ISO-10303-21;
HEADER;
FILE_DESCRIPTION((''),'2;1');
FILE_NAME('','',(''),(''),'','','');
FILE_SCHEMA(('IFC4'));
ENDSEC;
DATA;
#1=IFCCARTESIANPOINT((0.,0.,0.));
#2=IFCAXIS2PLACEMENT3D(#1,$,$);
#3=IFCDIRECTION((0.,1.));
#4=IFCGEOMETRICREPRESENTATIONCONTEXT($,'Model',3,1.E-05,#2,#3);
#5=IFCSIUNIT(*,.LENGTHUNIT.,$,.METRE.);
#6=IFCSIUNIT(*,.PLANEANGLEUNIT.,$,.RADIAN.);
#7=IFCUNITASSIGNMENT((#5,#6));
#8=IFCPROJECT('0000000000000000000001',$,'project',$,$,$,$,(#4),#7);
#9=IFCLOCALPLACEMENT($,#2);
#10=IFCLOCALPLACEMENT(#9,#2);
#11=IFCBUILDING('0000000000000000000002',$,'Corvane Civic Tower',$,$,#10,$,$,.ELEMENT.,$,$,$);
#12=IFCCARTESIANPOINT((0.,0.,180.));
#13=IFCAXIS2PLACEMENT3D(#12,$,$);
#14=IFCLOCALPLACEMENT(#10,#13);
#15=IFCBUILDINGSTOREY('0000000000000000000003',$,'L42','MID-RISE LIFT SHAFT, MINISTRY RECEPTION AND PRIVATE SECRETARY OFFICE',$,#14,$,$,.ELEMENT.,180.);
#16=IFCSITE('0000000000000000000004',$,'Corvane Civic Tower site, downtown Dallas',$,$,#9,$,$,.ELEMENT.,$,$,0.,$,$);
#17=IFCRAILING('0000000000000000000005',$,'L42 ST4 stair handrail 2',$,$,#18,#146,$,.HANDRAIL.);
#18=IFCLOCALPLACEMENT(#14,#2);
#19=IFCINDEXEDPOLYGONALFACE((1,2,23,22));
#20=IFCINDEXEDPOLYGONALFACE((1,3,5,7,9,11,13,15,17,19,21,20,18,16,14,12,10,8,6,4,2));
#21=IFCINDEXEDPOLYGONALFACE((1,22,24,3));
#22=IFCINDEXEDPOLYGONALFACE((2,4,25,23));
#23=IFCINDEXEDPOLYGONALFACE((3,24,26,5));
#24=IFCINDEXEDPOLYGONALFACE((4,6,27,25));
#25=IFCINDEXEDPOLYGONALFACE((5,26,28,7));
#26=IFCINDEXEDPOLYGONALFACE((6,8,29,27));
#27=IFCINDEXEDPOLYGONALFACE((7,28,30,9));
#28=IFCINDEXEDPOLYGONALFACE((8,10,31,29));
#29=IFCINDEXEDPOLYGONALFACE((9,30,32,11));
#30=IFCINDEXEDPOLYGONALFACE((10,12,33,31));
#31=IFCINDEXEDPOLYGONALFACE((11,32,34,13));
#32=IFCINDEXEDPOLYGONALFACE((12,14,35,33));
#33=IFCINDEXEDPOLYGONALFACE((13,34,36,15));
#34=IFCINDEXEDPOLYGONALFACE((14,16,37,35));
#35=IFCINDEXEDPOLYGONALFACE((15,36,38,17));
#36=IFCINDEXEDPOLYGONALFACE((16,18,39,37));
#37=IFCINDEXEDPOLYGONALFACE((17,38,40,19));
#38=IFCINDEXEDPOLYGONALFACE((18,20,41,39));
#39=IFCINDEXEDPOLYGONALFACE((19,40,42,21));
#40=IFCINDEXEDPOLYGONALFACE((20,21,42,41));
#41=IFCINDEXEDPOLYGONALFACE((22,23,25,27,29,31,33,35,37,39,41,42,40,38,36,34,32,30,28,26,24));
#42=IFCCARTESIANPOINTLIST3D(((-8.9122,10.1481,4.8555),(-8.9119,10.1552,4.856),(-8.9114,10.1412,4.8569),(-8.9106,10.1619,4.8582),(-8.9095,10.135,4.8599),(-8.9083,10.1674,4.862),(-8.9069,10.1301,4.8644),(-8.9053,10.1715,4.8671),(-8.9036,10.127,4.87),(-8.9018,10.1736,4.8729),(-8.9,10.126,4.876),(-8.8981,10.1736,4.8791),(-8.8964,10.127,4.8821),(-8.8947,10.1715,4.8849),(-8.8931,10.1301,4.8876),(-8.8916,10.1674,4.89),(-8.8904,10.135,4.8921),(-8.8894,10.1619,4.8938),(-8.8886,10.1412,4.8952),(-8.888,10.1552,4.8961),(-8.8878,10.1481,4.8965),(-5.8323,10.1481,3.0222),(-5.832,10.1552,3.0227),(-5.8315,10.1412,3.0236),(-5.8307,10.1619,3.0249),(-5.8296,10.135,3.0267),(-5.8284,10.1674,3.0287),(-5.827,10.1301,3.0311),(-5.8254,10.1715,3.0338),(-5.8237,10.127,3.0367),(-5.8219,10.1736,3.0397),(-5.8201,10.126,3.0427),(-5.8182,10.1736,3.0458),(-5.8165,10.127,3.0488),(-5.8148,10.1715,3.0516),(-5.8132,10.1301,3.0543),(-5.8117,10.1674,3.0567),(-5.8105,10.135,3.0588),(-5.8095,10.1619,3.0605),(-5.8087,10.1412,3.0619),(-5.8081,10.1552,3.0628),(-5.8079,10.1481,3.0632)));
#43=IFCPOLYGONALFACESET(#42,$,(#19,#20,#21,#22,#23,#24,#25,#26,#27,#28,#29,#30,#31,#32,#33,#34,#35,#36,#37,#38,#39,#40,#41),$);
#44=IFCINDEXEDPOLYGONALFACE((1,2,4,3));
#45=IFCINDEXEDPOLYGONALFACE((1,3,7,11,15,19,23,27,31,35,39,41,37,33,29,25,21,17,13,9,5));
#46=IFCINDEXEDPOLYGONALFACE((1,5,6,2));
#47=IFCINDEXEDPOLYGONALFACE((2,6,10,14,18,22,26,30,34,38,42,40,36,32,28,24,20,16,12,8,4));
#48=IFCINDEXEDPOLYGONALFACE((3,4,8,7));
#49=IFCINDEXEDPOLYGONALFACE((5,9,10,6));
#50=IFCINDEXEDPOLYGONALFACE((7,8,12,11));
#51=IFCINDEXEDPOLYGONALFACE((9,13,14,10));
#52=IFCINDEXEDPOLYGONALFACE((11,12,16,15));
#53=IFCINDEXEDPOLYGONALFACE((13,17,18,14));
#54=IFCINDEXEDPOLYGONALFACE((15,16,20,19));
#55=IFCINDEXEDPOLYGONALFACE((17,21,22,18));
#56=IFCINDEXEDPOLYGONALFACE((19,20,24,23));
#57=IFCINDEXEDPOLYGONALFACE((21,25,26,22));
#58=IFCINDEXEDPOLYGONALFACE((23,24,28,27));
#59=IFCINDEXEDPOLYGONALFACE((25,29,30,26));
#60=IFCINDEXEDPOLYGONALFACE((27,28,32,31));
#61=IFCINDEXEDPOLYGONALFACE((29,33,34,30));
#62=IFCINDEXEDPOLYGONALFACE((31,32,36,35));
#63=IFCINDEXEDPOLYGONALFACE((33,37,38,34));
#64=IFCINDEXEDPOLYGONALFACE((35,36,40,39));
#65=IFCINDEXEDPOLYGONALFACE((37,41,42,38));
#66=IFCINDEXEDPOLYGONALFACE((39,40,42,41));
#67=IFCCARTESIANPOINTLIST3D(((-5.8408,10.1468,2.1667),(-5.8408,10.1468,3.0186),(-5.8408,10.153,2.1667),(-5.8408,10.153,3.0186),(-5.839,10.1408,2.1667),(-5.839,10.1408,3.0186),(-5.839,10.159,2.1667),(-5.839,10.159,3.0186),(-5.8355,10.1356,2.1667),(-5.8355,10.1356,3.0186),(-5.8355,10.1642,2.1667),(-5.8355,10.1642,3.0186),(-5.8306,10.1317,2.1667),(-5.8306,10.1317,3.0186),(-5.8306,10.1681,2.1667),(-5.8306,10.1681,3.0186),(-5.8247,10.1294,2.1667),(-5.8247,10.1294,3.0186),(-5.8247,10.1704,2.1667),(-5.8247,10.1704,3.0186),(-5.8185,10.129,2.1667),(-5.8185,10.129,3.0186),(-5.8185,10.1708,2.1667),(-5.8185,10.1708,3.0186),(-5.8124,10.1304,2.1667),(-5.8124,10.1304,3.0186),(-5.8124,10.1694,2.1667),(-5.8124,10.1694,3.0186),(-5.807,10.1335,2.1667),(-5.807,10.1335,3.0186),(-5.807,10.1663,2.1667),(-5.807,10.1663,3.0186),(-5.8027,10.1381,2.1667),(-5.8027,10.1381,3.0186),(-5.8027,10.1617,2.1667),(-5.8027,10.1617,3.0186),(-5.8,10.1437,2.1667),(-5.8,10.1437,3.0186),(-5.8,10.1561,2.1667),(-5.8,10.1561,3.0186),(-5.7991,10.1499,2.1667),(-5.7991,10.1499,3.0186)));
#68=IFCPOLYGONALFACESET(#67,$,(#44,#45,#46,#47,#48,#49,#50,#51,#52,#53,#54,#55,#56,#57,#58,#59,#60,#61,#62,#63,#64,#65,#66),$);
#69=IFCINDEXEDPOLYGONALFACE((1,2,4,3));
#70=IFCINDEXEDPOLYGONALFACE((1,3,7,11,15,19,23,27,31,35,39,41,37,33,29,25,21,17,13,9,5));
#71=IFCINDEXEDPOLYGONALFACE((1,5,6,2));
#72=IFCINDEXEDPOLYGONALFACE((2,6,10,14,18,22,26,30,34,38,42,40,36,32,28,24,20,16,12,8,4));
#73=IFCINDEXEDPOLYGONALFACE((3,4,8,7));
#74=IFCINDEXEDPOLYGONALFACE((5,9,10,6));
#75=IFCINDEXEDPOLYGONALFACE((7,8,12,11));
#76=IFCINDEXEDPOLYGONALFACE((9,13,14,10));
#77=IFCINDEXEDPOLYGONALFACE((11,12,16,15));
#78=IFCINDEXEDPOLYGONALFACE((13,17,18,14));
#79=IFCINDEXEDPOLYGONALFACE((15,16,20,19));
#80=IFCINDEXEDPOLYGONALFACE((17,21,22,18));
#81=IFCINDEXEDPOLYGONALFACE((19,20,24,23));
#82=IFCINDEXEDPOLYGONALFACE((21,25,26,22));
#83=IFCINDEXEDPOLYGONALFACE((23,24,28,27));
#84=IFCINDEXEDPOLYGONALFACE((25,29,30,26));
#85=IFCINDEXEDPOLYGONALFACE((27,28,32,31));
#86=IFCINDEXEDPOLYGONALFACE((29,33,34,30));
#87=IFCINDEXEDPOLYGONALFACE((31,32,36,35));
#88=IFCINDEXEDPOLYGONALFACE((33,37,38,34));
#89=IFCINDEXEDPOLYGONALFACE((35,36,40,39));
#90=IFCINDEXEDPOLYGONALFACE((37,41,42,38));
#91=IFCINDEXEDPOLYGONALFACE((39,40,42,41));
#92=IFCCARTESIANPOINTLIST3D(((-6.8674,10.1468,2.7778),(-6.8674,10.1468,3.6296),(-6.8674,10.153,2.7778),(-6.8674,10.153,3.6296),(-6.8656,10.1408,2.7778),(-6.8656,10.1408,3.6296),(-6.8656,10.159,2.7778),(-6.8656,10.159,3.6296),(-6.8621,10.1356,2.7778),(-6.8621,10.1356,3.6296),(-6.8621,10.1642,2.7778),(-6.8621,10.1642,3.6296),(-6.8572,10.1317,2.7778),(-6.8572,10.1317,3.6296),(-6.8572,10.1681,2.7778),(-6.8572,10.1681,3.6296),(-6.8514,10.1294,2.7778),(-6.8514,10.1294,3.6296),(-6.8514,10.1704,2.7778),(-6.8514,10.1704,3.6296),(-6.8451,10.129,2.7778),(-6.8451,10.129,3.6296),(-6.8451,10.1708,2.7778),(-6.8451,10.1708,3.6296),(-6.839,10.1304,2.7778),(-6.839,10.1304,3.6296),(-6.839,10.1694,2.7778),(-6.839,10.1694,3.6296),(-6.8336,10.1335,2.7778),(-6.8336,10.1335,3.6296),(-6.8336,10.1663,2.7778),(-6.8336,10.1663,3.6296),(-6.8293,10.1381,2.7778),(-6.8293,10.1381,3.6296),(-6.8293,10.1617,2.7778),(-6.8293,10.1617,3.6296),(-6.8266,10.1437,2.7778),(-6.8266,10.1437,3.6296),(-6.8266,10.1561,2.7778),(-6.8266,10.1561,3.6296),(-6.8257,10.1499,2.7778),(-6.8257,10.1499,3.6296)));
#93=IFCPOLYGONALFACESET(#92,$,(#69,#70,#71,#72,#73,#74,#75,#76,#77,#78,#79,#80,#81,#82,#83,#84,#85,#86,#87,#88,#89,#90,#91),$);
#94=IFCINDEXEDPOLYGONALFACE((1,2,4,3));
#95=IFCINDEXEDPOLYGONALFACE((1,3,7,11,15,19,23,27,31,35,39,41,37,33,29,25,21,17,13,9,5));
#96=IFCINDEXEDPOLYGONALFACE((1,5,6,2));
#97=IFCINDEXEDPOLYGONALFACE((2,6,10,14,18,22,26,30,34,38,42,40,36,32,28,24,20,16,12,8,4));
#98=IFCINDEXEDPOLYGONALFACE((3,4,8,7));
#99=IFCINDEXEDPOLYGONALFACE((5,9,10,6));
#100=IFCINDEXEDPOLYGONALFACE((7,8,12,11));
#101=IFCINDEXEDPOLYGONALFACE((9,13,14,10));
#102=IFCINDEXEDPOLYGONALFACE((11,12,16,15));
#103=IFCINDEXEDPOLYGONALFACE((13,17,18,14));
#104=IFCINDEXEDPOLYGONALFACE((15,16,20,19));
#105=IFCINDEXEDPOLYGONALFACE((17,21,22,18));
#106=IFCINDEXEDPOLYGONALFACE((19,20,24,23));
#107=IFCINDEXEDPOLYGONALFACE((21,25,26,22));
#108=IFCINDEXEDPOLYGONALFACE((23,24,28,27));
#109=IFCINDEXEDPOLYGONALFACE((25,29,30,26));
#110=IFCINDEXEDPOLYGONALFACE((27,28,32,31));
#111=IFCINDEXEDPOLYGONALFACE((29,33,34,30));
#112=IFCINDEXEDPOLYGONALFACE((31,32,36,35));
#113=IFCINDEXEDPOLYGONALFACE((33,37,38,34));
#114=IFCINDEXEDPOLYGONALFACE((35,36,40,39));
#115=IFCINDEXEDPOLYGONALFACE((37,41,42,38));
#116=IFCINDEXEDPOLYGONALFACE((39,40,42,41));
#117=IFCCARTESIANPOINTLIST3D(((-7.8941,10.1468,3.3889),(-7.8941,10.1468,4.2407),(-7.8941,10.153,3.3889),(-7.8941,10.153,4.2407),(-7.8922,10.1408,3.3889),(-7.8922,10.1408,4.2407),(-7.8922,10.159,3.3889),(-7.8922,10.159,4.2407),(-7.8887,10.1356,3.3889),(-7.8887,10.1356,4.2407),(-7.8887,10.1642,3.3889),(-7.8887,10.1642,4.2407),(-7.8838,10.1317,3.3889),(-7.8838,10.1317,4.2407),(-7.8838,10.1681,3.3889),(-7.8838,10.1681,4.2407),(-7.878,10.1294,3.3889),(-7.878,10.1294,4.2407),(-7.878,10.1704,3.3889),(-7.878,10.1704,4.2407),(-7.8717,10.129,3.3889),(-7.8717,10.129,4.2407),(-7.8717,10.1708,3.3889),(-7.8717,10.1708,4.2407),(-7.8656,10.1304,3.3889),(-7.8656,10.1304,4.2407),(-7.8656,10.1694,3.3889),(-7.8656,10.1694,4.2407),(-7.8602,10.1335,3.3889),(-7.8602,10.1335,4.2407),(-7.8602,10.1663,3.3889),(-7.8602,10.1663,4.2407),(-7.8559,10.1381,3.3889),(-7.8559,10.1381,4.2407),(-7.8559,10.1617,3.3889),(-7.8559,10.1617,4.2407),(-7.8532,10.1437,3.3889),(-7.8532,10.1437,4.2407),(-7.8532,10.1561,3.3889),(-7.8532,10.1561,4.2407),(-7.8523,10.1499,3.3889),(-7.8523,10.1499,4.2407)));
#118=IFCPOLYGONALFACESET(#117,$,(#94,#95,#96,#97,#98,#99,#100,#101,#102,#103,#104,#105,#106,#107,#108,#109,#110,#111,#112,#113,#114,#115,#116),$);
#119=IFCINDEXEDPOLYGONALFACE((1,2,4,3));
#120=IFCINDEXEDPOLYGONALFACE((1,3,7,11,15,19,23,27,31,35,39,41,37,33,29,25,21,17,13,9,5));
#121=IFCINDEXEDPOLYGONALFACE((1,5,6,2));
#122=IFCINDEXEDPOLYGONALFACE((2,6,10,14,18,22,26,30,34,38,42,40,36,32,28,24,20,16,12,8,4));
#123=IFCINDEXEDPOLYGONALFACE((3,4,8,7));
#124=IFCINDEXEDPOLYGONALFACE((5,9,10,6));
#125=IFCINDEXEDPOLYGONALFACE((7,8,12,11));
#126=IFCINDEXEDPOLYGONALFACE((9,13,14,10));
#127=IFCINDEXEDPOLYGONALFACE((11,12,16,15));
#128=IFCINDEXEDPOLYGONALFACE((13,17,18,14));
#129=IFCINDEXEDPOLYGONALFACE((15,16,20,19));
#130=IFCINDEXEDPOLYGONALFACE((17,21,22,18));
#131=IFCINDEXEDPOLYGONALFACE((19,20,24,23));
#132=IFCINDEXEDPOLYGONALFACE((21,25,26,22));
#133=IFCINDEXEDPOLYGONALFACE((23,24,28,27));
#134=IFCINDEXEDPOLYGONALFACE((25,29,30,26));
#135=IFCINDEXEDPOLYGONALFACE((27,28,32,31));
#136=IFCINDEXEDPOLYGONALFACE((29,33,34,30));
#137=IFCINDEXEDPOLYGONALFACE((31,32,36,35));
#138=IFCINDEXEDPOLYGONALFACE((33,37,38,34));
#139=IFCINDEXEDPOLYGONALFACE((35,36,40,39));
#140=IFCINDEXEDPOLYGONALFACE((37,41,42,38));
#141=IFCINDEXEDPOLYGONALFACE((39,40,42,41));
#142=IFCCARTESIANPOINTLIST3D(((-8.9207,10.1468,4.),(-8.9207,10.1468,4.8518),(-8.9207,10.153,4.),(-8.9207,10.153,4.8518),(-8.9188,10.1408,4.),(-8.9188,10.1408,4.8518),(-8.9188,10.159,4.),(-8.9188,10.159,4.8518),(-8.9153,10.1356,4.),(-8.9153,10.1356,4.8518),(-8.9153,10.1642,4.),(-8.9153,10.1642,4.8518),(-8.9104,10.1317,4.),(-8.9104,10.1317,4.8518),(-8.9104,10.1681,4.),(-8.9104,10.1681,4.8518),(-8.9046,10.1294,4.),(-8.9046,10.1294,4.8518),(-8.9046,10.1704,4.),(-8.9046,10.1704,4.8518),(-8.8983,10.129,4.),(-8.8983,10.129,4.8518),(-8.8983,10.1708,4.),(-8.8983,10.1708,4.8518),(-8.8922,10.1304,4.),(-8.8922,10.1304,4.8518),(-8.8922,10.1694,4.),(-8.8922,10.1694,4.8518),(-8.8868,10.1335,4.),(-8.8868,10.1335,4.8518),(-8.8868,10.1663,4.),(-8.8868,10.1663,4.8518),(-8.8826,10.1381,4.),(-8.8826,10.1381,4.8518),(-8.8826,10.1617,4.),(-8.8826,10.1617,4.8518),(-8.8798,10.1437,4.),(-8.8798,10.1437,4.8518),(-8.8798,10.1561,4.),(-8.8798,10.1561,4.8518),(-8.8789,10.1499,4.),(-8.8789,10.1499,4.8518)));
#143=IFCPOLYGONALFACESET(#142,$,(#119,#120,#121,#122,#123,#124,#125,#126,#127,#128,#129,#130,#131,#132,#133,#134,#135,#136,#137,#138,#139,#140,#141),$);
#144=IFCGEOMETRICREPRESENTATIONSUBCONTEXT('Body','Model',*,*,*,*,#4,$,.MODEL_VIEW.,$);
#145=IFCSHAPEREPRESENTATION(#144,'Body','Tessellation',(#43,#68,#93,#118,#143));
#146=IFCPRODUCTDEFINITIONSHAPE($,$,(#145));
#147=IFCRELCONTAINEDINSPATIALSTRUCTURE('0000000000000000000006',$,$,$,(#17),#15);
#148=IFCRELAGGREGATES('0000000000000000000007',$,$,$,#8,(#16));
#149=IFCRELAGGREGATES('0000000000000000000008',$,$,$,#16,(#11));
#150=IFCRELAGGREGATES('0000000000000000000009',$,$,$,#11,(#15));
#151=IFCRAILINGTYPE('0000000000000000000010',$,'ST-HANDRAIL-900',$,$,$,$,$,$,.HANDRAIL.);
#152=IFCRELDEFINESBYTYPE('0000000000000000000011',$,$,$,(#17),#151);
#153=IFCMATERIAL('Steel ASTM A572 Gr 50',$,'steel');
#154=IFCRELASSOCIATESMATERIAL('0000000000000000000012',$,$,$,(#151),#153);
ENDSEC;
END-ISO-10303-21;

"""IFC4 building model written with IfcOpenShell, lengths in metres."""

from ifc_helpers import new_model, si_unit, direction, frame, origin, origin_2d, place, context, subcontext, project, spatial, circle, extrude, material, type_object, element, save


model = new_model("IFC4")

# Units and contexts
model_context = context("Model", 3, precision=1e-05, world=origin(), true_north=direction((0.0, 1.0)))
body_context = subcontext(model_context, "Body", "Model", "MODEL_VIEW")
ifc_project = project(units=[si_unit("LENGTHUNIT", "METRE"), si_unit("PLANEANGLEUNIT", "RADIAN")], contexts=[model_context])

# Site, building, storey
site_placement = place(None, origin())
site = spatial("IfcSite", under=ifc_project, at=site_placement, Name="Corvane Civic Tower site, downtown Dallas", CompositionType="ELEMENT", RefElevation=0.0)
building_placement = place(site_placement, origin())
building = spatial("IfcBuilding", under=site, at=building_placement, Name="Corvane Civic Tower", CompositionType="ELEMENT")
storey_placement = place(building_placement, frame((0.0, 0.0, 180.0)))
storey = spatial("IfcBuildingStorey", under=building, at=storey_placement, Name="L42", Description="MID-RISE LIFT SHAFT, MINISTRY RECEPTION AND PRIVATE SECRETARY OFFICE", CompositionType="ELEMENT", Elevation=180.0)

# Railing
ifc_material_1 = material(Name="Steel ASTM A572 Gr 50", Category="steel")
railing_type = type_object("IfcRailingType", Name="ST-HANDRAIL-900", PredefinedType="HANDRAIL", material=ifc_material_1)
railing_placement = place(storey_placement, frame((-5.8201, 10.1499, 2.1667)))
element("IfcRailing", 1, at=railing_placement, inside=storey, type_object=railing_type, Name="L42 ST4 stair handrail 2", PredefinedType="HANDRAIL", context=body_context, shape_type="SweptSolid", body=[
    extrude(circle(Radius=0.0239, at=origin_2d()), frame((0.0, 0.0, 0.876), z_axis=(-0.859291, 0.0, 0.511487), x_axis=(0.0, -1.0, 0.0)), (0.0, 0.0, 1.0), 3.5842),
    extrude(circle(Radius=0.021, at=origin_2d()), origin(), (0.0, 0.0, 1.0), 0.8518),
    extrude(circle(Radius=0.021, at=origin_2d()), frame((-1.0266, 0.0, 0.6111)), (0.0, 0.0, 1.0), 0.8518),
    extrude(circle(Radius=0.021, at=origin_2d()), frame((-2.0532, 0.0, 1.2222)), (0.0, 0.0, 1.0), 0.8518),
    extrude(circle(Radius=0.021, at=origin_2d()), frame((-3.0798, 0.0, 1.8333)), (0.0, 0.0, 1.0), 0.8518),
])

save(model, "model.ifc")
